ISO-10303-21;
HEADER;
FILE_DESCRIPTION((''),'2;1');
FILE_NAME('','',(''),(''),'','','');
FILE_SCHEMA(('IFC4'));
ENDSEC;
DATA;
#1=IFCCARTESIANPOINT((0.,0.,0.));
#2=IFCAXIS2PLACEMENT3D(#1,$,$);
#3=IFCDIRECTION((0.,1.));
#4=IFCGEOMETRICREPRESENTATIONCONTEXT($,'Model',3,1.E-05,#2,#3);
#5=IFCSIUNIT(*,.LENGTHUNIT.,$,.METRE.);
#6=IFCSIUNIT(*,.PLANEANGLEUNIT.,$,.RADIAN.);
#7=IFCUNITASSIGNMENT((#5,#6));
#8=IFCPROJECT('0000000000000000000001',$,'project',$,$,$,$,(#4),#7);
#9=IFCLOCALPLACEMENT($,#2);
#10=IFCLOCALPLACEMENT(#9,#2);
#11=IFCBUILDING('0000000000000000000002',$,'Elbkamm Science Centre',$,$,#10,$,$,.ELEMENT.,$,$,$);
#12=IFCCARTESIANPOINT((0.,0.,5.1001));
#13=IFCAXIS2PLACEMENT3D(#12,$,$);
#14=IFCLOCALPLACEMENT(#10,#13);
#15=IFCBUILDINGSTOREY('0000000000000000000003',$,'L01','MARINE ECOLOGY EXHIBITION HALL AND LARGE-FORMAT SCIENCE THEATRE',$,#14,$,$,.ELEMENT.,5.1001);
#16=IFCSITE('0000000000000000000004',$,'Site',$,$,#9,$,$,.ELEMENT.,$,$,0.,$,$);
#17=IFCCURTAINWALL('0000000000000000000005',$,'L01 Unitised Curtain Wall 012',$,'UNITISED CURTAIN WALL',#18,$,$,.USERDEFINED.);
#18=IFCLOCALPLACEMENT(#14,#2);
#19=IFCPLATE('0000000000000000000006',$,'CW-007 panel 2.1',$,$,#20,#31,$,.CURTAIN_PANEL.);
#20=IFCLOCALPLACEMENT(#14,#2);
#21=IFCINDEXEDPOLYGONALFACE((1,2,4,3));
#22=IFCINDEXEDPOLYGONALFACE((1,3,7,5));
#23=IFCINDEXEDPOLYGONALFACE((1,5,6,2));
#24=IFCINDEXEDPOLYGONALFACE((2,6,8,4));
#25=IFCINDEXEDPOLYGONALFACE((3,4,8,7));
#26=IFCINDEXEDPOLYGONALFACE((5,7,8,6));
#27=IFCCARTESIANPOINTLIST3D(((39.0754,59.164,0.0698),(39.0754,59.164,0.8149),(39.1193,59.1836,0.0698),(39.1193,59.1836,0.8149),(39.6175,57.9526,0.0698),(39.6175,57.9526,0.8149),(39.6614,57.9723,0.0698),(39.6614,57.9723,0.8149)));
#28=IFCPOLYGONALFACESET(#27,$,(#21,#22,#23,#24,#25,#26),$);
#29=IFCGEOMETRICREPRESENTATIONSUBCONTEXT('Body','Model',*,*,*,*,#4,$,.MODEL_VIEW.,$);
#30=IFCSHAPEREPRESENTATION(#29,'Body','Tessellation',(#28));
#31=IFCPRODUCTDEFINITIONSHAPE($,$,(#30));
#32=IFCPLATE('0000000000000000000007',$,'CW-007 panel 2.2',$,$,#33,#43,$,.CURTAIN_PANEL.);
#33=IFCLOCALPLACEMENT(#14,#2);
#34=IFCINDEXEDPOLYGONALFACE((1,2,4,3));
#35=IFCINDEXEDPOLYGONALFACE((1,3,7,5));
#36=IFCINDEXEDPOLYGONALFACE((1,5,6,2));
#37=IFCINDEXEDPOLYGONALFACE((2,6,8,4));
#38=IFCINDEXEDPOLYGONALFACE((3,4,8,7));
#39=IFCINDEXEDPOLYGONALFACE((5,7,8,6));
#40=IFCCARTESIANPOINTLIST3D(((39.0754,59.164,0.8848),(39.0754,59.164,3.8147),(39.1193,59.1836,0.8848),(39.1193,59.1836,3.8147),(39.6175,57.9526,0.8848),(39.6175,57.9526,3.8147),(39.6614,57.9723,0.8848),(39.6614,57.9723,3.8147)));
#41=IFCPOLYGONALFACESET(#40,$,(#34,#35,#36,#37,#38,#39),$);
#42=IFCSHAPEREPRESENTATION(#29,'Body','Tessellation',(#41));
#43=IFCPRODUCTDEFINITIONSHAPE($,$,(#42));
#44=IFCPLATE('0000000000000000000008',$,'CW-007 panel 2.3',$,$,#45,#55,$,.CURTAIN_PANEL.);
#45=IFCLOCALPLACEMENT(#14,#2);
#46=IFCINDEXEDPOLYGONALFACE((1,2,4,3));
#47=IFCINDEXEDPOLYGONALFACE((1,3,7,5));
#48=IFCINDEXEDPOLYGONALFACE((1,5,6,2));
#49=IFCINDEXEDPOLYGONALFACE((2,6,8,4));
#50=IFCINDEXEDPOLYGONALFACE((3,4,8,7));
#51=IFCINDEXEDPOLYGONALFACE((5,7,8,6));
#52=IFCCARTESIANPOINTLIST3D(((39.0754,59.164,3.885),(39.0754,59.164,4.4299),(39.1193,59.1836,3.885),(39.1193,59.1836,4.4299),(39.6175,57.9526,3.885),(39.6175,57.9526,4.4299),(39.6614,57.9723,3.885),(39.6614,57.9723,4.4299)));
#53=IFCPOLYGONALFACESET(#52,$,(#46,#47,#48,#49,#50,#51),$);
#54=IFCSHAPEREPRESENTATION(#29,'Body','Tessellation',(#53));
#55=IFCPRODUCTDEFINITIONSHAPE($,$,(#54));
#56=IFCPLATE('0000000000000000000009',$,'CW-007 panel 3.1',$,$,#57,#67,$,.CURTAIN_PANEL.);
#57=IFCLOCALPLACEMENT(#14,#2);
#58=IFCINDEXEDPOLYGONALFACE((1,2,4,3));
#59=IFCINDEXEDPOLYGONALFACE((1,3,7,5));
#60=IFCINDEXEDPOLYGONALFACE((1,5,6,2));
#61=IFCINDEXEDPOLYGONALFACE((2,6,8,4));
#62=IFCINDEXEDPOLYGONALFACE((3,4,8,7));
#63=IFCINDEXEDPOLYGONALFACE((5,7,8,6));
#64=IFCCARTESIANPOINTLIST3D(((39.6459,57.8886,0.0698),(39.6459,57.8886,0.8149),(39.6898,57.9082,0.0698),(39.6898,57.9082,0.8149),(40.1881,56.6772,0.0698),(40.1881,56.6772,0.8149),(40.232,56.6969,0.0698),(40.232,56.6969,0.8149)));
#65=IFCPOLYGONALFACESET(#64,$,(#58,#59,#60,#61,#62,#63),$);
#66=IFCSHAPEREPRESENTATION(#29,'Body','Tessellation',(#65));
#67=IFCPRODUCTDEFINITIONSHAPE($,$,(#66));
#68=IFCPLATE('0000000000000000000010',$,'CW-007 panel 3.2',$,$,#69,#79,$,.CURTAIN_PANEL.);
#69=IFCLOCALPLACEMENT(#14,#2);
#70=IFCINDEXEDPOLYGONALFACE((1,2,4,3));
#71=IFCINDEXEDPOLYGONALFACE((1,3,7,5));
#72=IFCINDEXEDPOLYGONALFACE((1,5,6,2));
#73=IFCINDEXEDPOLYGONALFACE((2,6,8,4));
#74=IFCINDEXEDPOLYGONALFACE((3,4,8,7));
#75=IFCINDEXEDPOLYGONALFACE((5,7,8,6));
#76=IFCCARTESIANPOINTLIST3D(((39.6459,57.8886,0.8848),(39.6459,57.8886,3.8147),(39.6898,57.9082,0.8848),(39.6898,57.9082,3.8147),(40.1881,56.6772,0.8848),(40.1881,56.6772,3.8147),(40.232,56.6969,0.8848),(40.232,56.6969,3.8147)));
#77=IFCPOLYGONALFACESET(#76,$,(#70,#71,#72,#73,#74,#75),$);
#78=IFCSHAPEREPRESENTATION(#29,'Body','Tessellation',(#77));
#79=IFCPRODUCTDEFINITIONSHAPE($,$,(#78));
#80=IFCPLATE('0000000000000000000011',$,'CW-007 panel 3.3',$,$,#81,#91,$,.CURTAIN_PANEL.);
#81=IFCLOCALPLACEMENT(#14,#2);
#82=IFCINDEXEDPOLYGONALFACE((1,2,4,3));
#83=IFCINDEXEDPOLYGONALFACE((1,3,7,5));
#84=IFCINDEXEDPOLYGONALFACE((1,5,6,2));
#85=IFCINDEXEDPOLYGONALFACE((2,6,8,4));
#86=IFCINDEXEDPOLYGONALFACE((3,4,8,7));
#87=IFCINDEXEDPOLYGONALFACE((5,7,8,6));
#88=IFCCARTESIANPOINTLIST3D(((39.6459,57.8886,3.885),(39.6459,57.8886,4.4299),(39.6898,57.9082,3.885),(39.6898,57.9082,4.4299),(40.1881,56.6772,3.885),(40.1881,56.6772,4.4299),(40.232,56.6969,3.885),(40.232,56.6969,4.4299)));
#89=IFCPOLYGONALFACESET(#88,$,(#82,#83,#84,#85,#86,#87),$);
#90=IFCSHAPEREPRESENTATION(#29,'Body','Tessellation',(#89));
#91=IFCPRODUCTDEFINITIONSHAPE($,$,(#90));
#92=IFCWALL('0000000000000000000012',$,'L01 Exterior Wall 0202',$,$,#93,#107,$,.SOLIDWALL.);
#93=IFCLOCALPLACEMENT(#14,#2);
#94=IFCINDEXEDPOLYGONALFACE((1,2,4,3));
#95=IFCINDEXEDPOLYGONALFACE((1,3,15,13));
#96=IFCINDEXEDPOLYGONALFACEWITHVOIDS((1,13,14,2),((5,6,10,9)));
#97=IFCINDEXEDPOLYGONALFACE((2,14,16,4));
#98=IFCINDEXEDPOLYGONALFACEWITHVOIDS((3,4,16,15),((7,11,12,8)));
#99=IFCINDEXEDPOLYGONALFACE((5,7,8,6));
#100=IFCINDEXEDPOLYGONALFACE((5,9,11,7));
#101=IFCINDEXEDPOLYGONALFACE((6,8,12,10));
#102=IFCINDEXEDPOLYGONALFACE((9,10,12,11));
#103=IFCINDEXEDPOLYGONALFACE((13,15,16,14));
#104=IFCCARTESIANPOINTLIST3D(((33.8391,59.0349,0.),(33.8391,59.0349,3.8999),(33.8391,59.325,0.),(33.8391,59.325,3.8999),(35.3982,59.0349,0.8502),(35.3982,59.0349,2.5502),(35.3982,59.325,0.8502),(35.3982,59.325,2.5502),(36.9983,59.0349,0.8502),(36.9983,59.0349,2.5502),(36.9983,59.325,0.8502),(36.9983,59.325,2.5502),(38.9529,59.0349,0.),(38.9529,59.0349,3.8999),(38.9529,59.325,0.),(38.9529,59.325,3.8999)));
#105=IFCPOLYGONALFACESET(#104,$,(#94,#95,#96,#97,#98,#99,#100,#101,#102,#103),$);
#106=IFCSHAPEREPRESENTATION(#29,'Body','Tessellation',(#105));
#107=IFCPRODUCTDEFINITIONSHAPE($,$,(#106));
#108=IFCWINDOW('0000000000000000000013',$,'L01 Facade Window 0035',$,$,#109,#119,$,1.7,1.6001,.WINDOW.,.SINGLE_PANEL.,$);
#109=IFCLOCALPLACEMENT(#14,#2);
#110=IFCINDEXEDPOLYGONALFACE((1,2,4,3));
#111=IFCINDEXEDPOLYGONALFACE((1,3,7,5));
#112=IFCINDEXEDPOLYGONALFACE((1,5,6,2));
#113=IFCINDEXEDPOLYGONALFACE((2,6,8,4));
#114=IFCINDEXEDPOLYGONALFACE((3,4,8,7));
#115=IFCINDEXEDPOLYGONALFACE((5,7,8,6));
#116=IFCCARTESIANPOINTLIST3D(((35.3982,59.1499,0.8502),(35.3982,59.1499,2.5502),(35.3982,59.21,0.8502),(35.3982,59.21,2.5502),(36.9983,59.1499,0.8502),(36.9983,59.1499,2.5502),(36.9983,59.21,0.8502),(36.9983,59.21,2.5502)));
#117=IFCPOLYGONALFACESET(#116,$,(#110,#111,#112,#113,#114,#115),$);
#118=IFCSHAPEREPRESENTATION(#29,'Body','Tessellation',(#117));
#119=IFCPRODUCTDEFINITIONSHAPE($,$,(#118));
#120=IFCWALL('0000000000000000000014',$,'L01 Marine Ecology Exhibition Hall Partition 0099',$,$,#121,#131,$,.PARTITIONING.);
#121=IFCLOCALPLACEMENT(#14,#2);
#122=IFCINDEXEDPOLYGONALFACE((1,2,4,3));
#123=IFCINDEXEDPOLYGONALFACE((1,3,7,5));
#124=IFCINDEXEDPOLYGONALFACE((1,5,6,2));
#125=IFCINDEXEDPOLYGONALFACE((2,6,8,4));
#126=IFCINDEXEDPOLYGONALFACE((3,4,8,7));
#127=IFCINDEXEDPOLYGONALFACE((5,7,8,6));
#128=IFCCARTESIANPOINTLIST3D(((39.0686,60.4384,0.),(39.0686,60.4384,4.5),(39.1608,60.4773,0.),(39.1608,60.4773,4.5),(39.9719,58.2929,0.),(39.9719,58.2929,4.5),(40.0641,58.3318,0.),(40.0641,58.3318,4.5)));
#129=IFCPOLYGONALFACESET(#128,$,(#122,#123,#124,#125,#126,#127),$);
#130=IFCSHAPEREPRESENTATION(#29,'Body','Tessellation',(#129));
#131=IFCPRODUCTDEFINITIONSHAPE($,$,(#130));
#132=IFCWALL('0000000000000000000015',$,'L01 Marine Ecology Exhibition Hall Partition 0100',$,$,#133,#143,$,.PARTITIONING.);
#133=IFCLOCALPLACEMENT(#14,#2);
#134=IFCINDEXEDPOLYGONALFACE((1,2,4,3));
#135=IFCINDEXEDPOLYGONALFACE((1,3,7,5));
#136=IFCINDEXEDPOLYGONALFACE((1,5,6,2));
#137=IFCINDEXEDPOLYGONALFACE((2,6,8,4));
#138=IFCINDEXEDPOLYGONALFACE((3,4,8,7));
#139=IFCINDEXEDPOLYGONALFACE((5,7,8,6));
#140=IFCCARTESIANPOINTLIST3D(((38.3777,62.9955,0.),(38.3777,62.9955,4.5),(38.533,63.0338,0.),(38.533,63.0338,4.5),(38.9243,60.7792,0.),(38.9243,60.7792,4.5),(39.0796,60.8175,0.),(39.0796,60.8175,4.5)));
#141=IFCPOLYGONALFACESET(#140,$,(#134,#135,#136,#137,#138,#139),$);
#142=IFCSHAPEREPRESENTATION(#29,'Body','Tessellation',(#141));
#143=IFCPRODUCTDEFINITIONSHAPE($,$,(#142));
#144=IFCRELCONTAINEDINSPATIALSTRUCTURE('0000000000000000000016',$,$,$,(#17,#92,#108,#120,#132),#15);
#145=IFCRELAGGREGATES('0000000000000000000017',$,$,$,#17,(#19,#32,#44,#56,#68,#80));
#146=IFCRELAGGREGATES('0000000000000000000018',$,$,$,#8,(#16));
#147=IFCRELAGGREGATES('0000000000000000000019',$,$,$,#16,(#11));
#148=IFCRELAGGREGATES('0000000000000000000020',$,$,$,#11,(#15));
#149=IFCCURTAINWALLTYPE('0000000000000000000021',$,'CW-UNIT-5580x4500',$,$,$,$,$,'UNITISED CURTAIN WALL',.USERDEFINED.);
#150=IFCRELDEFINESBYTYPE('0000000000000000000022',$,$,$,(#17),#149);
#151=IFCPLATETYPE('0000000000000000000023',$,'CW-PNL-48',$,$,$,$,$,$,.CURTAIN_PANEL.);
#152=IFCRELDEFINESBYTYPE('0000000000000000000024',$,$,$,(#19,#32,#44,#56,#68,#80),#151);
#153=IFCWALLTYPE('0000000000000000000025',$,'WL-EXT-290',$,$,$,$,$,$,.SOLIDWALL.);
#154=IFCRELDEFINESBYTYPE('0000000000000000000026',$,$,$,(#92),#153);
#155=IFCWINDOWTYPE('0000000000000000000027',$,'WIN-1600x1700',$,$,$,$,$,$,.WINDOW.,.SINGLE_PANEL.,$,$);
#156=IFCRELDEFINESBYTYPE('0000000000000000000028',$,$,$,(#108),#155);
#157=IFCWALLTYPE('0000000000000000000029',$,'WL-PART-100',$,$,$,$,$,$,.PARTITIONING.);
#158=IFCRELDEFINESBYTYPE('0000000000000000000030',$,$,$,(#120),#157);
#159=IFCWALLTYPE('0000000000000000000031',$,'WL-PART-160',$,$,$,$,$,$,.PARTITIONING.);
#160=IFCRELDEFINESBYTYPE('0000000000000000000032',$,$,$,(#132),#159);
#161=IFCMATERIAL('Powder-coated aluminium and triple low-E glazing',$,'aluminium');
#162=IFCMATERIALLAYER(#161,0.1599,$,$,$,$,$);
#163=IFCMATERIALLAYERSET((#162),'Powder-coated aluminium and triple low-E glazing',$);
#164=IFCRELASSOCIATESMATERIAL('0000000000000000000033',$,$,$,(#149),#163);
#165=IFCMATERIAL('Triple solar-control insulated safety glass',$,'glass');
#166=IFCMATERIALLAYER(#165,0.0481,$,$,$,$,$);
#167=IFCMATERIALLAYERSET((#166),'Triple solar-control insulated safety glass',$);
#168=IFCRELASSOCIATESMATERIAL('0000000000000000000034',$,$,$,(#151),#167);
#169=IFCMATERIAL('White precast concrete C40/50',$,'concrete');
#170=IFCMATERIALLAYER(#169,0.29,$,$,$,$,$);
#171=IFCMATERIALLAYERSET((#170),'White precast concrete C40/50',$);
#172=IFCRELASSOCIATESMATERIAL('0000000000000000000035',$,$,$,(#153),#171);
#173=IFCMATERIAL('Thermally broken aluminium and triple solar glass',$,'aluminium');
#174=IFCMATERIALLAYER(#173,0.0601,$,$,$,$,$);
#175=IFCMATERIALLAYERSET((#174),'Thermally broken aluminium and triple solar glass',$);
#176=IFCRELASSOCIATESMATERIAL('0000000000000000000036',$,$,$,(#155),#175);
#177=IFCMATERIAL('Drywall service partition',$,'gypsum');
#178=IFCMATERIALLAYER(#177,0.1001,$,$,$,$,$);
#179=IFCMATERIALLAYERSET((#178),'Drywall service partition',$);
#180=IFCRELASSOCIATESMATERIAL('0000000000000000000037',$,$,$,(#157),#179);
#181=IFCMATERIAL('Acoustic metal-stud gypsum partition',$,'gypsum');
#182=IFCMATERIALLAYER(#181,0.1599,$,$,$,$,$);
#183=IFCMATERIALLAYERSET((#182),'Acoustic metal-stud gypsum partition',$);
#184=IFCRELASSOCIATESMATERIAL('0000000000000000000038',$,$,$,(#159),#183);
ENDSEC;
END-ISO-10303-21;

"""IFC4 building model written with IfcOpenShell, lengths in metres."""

from ifc_helpers import new_model, si_unit, direction, frame, frame_2d, origin, origin_2d, place, context, subcontext, project, spatial, rectangle, extrude, material, layer, layer_set, type_object, element, fill, aggregate, save


model = new_model("IFC4")

# Units and contexts
model_context = context("Model", 3, precision=1e-05, world=origin(), true_north=direction((0.0, 1.0)))
body_context = subcontext(model_context, "Body", "Model", "MODEL_VIEW")
ifc_project = project(units=[si_unit("LENGTHUNIT", "METRE"), si_unit("PLANEANGLEUNIT", "RADIAN")], contexts=[model_context])

# Site, building, storey
site_placement = place(None, origin())
site = spatial("IfcSite", under=ifc_project, at=site_placement, Name="Site", CompositionType="ELEMENT", RefElevation=0.0)
building_placement = place(site_placement, origin())
building = spatial("IfcBuilding", under=site, at=building_placement, Name="Elbkamm Science Centre", CompositionType="ELEMENT")
storey_placement = place(building_placement, frame((0.0, 0.0, 5.1001)))
storey = spatial("IfcBuildingStorey", under=building, at=storey_placement, Name="L01", Description="MARINE ECOLOGY EXHIBITION HALL AND LARGE-FORMAT SCIENCE THEATRE", CompositionType="ELEMENT", Elevation=5.1001)

# Curtain wall
ifc_material_1 = material(Name="Powder-coated aluminium and triple low-E glazing", Category="aluminium")
ifc_layer_1 = layer(ifc_material_1, 0.1599)
ifc_layer_set_1 = layer_set([ifc_layer_1], Name="Powder-coated aluminium and triple low-E glazing")
curtain_wall_type = type_object("IfcCurtainWallType", Name="CW-UNIT-5580x4500", ElementType="UNITISED CURTAIN WALL", PredefinedType="USERDEFINED", material=ifc_layer_set_1)
curtain_wall_placement = place(storey_placement, origin())
curtain_wall = element("IfcCurtainWall", 1, at=curtain_wall_placement, inside=storey, type_object=curtain_wall_type, Name="L01 Unitised Curtain Wall 012", ObjectType="UNITISED CURTAIN WALL", PredefinedType="USERDEFINED")

# Plates
ifc_material_2 = material(Name="Triple solar-control insulated safety glass", Category="glass")
ifc_layer_2 = layer(ifc_material_2, 0.0481)
ifc_layer_set_2 = layer_set([ifc_layer_2], Name="Triple solar-control insulated safety glass")
plate_type = type_object("IfcPlateType", Name="CW-PNL-48", PredefinedType="CURTAIN_PANEL", material=ifc_layer_set_2)
plate_1_placement = place(storey_placement, frame((39.3684, 58.5681, 0.0698), z_axis=(0.0, 0.0, 1.0), x_axis=(0.40851, -0.912754, 0.0)))
plate_1 = element("IfcPlate", 2, at=plate_1_placement, type_object=plate_type, Name="CW-007 panel 2.1", PredefinedType="CURTAIN_PANEL", context=body_context, shape_type="SweptSolid", body=[
    extrude(rectangle(XDim=1.3271, YDim=0.0481, at=origin_2d()), origin(), (0.0, 0.0, 1.0), 0.7451),
])
plate_2_placement = place(storey_placement, frame((39.3684, 58.5681, 0.8848), z_axis=(0.0, 0.0, 1.0), x_axis=(0.40851, -0.912754, 0.0)))
plate_2 = element("IfcPlate", 3, at=plate_2_placement, type_object=plate_type, Name="CW-007 panel 2.2", PredefinedType="CURTAIN_PANEL", context=body_context, shape_type="SweptSolid", body=[
    extrude(rectangle(XDim=1.3271, YDim=0.0481, at=origin_2d()), origin(), (0.0, 0.0, 1.0), 2.9299),
])
plate_3_placement = place(storey_placement, frame((39.3684, 58.5681, 3.885), z_axis=(0.0, 0.0, 1.0), x_axis=(0.40851, -0.912754, 0.0)))
plate_3 = element("IfcPlate", 4, at=plate_3_placement, type_object=plate_type, Name="CW-007 panel 2.3", PredefinedType="CURTAIN_PANEL", context=body_context, shape_type="SweptSolid", body=[
    extrude(rectangle(XDim=1.3271, YDim=0.0481, at=origin_2d()), origin(), (0.0, 0.0, 1.0), 0.5449),
])
plate_4_placement = place(storey_placement, frame((39.939, 57.2927, 0.0698), z_axis=(0.0, 0.0, 1.0), x_axis=(0.40851, -0.912754, 0.0)))
plate_4 = element("IfcPlate", 5, at=plate_4_placement, type_object=plate_type, Name="CW-007 panel 3.1", PredefinedType="CURTAIN_PANEL", context=body_context, shape_type="SweptSolid", body=[
    extrude(rectangle(XDim=1.3271, YDim=0.0481, at=origin_2d()), origin(), (0.0, 0.0, 1.0), 0.7451),
])
plate_5_placement = place(storey_placement, frame((39.939, 57.2927, 0.8848), z_axis=(0.0, 0.0, 1.0), x_axis=(0.40851, -0.912754, 0.0)))
plate_5 = element("IfcPlate", 6, at=plate_5_placement, type_object=plate_type, Name="CW-007 panel 3.2", PredefinedType="CURTAIN_PANEL", context=body_context, shape_type="SweptSolid", body=[
    extrude(rectangle(XDim=1.3271, YDim=0.0481, at=origin_2d()), origin(), (0.0, 0.0, 1.0), 2.9299),
])
plate_6_placement = place(storey_placement, frame((39.939, 57.2927, 3.885), z_axis=(0.0, 0.0, 1.0), x_axis=(0.40851, -0.912754, 0.0)))
plate_6 = element("IfcPlate", 7, at=plate_6_placement, type_object=plate_type, Name="CW-007 panel 3.3", PredefinedType="CURTAIN_PANEL", context=body_context, shape_type="SweptSolid", body=[
    extrude(rectangle(XDim=1.3271, YDim=0.0481, at=origin_2d()), origin(), (0.0, 0.0, 1.0), 0.5449),
])
aggregate(curtain_wall, [plate_1, plate_2, plate_3, plate_4, plate_5, plate_6])

# Wall, opening, window
ifc_material_3 = material(Name="White precast concrete C40/50", Category="concrete")
ifc_layer_3 = layer(ifc_material_3, 0.29)
ifc_layer_set_3 = layer_set([ifc_layer_3], Name="White precast concrete C40/50")
wall_type_1 = type_object("IfcWallType", Name="WL-EXT-290", PredefinedType="SOLIDWALL", material=ifc_layer_set_3)
wall_1_placement = place(storey_placement, frame((38.9529, 59.1799, 0.0), z_axis=(0.0, 0.0, 1.0), x_axis=(-1.0, 0.0, 0.0)))
wall_1 = element("IfcWall", 8, at=wall_1_placement, inside=storey, type_object=wall_type_1, Name="L01 Exterior Wall 0202", PredefinedType="SOLIDWALL", context=body_context, shape_type="SweptSolid", body=[
    extrude(rectangle(XDim=5.1138, YDim=0.29, at=frame_2d((2.5569, 0.0))), origin(), (0.0, 0.0, 1.0), 3.8999),
])
opening_placement = place(wall_1_placement, frame((1.9546, 0.0, 0.8501)))
opening = element("IfcOpeningElement", 9, at=opening_placement, cuts=wall_1, PredefinedType="OPENING", context=body_context, shape_type="SweptSolid", body=[
    extrude(rectangle(XDim=1.6001, YDim=1.7, at=frame_2d((0.8, 0.8501))), frame((0.0, 0.157, 0.0), z_axis=(0.0, -1.0, 0.0), x_axis=(1.0, 0.0, 0.0)), (0.0, 0.0, 1.0), 0.314),
])
ifc_material_4 = material(Name="Thermally broken aluminium and triple solar glass", Category="aluminium")
ifc_layer_4 = layer(ifc_material_4, 0.0601)
ifc_layer_set_4 = layer_set([ifc_layer_4], Name="Thermally broken aluminium and triple solar glass")
window_type = type_object("IfcWindowType", Name="WIN-1600x1700", PartitioningType="SINGLE_PANEL", PredefinedType="WINDOW", material=ifc_layer_set_4)
window_placement = place(opening_placement, origin())
window = element("IfcWindow", 10, at=window_placement, inside=storey, type_object=window_type, Name="L01 Facade Window 0035", OverallHeight=1.7, OverallWidth=1.6001, PartitioningType="SINGLE_PANEL", PredefinedType="WINDOW", context=body_context, shape_type="SweptSolid", body=[
    extrude(rectangle(XDim=1.6001, YDim=1.7, at=frame_2d((0.8, 0.8501))), frame((0.0, 0.03, 0.0), z_axis=(0.0, -1.0, 0.0), x_axis=(1.0, 0.0, 0.0)), (0.0, 0.0, 1.0), 0.0601),
])
fill(opening, window)

# Walls
ifc_material_5 = material(Name="Drywall service partition", Category="gypsum")
ifc_layer_5 = layer(ifc_material_5, 0.1001)
ifc_layer_set_5 = layer_set([ifc_layer_5], Name="Drywall service partition")
wall_type_2 = type_object("IfcWallType", Name="WL-PART-100", PredefinedType="PARTITIONING", material=ifc_layer_set_5)
wall_2_placement = place(storey_placement, frame((40.0181, 58.3123, 0.0), z_axis=(0.0, 0.0, 1.0), x_axis=(-0.388038, 0.921643, 0.0)))
element("IfcWall", 11, at=wall_2_placement, inside=storey, type_object=wall_type_2, Name="L01 Marine Ecology Exhibition Hall Partition 0099", PredefinedType="PARTITIONING", context=body_context, shape_type="SweptSolid", body=[
    extrude(rectangle(XDim=2.3279, YDim=0.1001, at=frame_2d((1.1641, 0.0))), origin(), (0.0, 0.0, 1.0), 4.5),
])
ifc_material_6 = material(Name="Acoustic metal-stud gypsum partition", Category="gypsum")
ifc_layer_6 = layer(ifc_material_6, 0.1599)
ifc_layer_set_6 = layer_set([ifc_layer_6], Name="Acoustic metal-stud gypsum partition")
wall_type_3 = type_object("IfcWallType", Name="WL-PART-160", PredefinedType="PARTITIONING", material=ifc_layer_set_6)
wall_3_placement = place(storey_placement, frame((39.002, 60.7983, 0.0), z_axis=(0.0, 0.0, 1.0), x_axis=(-0.239464, 0.970905, 0.0)))
element("IfcWall", 12, at=wall_3_placement, inside=storey, type_object=wall_type_3, Name="L01 Marine Ecology Exhibition Hall Partition 0100", PredefinedType="PARTITIONING", context=body_context, shape_type="SweptSolid", body=[
    extrude(rectangle(XDim=2.2827, YDim=0.1599, at=frame_2d((1.1414, 0.0))), origin(), (0.0, 0.0, 1.0), 4.5),
])

save(model, "model.ifc")
